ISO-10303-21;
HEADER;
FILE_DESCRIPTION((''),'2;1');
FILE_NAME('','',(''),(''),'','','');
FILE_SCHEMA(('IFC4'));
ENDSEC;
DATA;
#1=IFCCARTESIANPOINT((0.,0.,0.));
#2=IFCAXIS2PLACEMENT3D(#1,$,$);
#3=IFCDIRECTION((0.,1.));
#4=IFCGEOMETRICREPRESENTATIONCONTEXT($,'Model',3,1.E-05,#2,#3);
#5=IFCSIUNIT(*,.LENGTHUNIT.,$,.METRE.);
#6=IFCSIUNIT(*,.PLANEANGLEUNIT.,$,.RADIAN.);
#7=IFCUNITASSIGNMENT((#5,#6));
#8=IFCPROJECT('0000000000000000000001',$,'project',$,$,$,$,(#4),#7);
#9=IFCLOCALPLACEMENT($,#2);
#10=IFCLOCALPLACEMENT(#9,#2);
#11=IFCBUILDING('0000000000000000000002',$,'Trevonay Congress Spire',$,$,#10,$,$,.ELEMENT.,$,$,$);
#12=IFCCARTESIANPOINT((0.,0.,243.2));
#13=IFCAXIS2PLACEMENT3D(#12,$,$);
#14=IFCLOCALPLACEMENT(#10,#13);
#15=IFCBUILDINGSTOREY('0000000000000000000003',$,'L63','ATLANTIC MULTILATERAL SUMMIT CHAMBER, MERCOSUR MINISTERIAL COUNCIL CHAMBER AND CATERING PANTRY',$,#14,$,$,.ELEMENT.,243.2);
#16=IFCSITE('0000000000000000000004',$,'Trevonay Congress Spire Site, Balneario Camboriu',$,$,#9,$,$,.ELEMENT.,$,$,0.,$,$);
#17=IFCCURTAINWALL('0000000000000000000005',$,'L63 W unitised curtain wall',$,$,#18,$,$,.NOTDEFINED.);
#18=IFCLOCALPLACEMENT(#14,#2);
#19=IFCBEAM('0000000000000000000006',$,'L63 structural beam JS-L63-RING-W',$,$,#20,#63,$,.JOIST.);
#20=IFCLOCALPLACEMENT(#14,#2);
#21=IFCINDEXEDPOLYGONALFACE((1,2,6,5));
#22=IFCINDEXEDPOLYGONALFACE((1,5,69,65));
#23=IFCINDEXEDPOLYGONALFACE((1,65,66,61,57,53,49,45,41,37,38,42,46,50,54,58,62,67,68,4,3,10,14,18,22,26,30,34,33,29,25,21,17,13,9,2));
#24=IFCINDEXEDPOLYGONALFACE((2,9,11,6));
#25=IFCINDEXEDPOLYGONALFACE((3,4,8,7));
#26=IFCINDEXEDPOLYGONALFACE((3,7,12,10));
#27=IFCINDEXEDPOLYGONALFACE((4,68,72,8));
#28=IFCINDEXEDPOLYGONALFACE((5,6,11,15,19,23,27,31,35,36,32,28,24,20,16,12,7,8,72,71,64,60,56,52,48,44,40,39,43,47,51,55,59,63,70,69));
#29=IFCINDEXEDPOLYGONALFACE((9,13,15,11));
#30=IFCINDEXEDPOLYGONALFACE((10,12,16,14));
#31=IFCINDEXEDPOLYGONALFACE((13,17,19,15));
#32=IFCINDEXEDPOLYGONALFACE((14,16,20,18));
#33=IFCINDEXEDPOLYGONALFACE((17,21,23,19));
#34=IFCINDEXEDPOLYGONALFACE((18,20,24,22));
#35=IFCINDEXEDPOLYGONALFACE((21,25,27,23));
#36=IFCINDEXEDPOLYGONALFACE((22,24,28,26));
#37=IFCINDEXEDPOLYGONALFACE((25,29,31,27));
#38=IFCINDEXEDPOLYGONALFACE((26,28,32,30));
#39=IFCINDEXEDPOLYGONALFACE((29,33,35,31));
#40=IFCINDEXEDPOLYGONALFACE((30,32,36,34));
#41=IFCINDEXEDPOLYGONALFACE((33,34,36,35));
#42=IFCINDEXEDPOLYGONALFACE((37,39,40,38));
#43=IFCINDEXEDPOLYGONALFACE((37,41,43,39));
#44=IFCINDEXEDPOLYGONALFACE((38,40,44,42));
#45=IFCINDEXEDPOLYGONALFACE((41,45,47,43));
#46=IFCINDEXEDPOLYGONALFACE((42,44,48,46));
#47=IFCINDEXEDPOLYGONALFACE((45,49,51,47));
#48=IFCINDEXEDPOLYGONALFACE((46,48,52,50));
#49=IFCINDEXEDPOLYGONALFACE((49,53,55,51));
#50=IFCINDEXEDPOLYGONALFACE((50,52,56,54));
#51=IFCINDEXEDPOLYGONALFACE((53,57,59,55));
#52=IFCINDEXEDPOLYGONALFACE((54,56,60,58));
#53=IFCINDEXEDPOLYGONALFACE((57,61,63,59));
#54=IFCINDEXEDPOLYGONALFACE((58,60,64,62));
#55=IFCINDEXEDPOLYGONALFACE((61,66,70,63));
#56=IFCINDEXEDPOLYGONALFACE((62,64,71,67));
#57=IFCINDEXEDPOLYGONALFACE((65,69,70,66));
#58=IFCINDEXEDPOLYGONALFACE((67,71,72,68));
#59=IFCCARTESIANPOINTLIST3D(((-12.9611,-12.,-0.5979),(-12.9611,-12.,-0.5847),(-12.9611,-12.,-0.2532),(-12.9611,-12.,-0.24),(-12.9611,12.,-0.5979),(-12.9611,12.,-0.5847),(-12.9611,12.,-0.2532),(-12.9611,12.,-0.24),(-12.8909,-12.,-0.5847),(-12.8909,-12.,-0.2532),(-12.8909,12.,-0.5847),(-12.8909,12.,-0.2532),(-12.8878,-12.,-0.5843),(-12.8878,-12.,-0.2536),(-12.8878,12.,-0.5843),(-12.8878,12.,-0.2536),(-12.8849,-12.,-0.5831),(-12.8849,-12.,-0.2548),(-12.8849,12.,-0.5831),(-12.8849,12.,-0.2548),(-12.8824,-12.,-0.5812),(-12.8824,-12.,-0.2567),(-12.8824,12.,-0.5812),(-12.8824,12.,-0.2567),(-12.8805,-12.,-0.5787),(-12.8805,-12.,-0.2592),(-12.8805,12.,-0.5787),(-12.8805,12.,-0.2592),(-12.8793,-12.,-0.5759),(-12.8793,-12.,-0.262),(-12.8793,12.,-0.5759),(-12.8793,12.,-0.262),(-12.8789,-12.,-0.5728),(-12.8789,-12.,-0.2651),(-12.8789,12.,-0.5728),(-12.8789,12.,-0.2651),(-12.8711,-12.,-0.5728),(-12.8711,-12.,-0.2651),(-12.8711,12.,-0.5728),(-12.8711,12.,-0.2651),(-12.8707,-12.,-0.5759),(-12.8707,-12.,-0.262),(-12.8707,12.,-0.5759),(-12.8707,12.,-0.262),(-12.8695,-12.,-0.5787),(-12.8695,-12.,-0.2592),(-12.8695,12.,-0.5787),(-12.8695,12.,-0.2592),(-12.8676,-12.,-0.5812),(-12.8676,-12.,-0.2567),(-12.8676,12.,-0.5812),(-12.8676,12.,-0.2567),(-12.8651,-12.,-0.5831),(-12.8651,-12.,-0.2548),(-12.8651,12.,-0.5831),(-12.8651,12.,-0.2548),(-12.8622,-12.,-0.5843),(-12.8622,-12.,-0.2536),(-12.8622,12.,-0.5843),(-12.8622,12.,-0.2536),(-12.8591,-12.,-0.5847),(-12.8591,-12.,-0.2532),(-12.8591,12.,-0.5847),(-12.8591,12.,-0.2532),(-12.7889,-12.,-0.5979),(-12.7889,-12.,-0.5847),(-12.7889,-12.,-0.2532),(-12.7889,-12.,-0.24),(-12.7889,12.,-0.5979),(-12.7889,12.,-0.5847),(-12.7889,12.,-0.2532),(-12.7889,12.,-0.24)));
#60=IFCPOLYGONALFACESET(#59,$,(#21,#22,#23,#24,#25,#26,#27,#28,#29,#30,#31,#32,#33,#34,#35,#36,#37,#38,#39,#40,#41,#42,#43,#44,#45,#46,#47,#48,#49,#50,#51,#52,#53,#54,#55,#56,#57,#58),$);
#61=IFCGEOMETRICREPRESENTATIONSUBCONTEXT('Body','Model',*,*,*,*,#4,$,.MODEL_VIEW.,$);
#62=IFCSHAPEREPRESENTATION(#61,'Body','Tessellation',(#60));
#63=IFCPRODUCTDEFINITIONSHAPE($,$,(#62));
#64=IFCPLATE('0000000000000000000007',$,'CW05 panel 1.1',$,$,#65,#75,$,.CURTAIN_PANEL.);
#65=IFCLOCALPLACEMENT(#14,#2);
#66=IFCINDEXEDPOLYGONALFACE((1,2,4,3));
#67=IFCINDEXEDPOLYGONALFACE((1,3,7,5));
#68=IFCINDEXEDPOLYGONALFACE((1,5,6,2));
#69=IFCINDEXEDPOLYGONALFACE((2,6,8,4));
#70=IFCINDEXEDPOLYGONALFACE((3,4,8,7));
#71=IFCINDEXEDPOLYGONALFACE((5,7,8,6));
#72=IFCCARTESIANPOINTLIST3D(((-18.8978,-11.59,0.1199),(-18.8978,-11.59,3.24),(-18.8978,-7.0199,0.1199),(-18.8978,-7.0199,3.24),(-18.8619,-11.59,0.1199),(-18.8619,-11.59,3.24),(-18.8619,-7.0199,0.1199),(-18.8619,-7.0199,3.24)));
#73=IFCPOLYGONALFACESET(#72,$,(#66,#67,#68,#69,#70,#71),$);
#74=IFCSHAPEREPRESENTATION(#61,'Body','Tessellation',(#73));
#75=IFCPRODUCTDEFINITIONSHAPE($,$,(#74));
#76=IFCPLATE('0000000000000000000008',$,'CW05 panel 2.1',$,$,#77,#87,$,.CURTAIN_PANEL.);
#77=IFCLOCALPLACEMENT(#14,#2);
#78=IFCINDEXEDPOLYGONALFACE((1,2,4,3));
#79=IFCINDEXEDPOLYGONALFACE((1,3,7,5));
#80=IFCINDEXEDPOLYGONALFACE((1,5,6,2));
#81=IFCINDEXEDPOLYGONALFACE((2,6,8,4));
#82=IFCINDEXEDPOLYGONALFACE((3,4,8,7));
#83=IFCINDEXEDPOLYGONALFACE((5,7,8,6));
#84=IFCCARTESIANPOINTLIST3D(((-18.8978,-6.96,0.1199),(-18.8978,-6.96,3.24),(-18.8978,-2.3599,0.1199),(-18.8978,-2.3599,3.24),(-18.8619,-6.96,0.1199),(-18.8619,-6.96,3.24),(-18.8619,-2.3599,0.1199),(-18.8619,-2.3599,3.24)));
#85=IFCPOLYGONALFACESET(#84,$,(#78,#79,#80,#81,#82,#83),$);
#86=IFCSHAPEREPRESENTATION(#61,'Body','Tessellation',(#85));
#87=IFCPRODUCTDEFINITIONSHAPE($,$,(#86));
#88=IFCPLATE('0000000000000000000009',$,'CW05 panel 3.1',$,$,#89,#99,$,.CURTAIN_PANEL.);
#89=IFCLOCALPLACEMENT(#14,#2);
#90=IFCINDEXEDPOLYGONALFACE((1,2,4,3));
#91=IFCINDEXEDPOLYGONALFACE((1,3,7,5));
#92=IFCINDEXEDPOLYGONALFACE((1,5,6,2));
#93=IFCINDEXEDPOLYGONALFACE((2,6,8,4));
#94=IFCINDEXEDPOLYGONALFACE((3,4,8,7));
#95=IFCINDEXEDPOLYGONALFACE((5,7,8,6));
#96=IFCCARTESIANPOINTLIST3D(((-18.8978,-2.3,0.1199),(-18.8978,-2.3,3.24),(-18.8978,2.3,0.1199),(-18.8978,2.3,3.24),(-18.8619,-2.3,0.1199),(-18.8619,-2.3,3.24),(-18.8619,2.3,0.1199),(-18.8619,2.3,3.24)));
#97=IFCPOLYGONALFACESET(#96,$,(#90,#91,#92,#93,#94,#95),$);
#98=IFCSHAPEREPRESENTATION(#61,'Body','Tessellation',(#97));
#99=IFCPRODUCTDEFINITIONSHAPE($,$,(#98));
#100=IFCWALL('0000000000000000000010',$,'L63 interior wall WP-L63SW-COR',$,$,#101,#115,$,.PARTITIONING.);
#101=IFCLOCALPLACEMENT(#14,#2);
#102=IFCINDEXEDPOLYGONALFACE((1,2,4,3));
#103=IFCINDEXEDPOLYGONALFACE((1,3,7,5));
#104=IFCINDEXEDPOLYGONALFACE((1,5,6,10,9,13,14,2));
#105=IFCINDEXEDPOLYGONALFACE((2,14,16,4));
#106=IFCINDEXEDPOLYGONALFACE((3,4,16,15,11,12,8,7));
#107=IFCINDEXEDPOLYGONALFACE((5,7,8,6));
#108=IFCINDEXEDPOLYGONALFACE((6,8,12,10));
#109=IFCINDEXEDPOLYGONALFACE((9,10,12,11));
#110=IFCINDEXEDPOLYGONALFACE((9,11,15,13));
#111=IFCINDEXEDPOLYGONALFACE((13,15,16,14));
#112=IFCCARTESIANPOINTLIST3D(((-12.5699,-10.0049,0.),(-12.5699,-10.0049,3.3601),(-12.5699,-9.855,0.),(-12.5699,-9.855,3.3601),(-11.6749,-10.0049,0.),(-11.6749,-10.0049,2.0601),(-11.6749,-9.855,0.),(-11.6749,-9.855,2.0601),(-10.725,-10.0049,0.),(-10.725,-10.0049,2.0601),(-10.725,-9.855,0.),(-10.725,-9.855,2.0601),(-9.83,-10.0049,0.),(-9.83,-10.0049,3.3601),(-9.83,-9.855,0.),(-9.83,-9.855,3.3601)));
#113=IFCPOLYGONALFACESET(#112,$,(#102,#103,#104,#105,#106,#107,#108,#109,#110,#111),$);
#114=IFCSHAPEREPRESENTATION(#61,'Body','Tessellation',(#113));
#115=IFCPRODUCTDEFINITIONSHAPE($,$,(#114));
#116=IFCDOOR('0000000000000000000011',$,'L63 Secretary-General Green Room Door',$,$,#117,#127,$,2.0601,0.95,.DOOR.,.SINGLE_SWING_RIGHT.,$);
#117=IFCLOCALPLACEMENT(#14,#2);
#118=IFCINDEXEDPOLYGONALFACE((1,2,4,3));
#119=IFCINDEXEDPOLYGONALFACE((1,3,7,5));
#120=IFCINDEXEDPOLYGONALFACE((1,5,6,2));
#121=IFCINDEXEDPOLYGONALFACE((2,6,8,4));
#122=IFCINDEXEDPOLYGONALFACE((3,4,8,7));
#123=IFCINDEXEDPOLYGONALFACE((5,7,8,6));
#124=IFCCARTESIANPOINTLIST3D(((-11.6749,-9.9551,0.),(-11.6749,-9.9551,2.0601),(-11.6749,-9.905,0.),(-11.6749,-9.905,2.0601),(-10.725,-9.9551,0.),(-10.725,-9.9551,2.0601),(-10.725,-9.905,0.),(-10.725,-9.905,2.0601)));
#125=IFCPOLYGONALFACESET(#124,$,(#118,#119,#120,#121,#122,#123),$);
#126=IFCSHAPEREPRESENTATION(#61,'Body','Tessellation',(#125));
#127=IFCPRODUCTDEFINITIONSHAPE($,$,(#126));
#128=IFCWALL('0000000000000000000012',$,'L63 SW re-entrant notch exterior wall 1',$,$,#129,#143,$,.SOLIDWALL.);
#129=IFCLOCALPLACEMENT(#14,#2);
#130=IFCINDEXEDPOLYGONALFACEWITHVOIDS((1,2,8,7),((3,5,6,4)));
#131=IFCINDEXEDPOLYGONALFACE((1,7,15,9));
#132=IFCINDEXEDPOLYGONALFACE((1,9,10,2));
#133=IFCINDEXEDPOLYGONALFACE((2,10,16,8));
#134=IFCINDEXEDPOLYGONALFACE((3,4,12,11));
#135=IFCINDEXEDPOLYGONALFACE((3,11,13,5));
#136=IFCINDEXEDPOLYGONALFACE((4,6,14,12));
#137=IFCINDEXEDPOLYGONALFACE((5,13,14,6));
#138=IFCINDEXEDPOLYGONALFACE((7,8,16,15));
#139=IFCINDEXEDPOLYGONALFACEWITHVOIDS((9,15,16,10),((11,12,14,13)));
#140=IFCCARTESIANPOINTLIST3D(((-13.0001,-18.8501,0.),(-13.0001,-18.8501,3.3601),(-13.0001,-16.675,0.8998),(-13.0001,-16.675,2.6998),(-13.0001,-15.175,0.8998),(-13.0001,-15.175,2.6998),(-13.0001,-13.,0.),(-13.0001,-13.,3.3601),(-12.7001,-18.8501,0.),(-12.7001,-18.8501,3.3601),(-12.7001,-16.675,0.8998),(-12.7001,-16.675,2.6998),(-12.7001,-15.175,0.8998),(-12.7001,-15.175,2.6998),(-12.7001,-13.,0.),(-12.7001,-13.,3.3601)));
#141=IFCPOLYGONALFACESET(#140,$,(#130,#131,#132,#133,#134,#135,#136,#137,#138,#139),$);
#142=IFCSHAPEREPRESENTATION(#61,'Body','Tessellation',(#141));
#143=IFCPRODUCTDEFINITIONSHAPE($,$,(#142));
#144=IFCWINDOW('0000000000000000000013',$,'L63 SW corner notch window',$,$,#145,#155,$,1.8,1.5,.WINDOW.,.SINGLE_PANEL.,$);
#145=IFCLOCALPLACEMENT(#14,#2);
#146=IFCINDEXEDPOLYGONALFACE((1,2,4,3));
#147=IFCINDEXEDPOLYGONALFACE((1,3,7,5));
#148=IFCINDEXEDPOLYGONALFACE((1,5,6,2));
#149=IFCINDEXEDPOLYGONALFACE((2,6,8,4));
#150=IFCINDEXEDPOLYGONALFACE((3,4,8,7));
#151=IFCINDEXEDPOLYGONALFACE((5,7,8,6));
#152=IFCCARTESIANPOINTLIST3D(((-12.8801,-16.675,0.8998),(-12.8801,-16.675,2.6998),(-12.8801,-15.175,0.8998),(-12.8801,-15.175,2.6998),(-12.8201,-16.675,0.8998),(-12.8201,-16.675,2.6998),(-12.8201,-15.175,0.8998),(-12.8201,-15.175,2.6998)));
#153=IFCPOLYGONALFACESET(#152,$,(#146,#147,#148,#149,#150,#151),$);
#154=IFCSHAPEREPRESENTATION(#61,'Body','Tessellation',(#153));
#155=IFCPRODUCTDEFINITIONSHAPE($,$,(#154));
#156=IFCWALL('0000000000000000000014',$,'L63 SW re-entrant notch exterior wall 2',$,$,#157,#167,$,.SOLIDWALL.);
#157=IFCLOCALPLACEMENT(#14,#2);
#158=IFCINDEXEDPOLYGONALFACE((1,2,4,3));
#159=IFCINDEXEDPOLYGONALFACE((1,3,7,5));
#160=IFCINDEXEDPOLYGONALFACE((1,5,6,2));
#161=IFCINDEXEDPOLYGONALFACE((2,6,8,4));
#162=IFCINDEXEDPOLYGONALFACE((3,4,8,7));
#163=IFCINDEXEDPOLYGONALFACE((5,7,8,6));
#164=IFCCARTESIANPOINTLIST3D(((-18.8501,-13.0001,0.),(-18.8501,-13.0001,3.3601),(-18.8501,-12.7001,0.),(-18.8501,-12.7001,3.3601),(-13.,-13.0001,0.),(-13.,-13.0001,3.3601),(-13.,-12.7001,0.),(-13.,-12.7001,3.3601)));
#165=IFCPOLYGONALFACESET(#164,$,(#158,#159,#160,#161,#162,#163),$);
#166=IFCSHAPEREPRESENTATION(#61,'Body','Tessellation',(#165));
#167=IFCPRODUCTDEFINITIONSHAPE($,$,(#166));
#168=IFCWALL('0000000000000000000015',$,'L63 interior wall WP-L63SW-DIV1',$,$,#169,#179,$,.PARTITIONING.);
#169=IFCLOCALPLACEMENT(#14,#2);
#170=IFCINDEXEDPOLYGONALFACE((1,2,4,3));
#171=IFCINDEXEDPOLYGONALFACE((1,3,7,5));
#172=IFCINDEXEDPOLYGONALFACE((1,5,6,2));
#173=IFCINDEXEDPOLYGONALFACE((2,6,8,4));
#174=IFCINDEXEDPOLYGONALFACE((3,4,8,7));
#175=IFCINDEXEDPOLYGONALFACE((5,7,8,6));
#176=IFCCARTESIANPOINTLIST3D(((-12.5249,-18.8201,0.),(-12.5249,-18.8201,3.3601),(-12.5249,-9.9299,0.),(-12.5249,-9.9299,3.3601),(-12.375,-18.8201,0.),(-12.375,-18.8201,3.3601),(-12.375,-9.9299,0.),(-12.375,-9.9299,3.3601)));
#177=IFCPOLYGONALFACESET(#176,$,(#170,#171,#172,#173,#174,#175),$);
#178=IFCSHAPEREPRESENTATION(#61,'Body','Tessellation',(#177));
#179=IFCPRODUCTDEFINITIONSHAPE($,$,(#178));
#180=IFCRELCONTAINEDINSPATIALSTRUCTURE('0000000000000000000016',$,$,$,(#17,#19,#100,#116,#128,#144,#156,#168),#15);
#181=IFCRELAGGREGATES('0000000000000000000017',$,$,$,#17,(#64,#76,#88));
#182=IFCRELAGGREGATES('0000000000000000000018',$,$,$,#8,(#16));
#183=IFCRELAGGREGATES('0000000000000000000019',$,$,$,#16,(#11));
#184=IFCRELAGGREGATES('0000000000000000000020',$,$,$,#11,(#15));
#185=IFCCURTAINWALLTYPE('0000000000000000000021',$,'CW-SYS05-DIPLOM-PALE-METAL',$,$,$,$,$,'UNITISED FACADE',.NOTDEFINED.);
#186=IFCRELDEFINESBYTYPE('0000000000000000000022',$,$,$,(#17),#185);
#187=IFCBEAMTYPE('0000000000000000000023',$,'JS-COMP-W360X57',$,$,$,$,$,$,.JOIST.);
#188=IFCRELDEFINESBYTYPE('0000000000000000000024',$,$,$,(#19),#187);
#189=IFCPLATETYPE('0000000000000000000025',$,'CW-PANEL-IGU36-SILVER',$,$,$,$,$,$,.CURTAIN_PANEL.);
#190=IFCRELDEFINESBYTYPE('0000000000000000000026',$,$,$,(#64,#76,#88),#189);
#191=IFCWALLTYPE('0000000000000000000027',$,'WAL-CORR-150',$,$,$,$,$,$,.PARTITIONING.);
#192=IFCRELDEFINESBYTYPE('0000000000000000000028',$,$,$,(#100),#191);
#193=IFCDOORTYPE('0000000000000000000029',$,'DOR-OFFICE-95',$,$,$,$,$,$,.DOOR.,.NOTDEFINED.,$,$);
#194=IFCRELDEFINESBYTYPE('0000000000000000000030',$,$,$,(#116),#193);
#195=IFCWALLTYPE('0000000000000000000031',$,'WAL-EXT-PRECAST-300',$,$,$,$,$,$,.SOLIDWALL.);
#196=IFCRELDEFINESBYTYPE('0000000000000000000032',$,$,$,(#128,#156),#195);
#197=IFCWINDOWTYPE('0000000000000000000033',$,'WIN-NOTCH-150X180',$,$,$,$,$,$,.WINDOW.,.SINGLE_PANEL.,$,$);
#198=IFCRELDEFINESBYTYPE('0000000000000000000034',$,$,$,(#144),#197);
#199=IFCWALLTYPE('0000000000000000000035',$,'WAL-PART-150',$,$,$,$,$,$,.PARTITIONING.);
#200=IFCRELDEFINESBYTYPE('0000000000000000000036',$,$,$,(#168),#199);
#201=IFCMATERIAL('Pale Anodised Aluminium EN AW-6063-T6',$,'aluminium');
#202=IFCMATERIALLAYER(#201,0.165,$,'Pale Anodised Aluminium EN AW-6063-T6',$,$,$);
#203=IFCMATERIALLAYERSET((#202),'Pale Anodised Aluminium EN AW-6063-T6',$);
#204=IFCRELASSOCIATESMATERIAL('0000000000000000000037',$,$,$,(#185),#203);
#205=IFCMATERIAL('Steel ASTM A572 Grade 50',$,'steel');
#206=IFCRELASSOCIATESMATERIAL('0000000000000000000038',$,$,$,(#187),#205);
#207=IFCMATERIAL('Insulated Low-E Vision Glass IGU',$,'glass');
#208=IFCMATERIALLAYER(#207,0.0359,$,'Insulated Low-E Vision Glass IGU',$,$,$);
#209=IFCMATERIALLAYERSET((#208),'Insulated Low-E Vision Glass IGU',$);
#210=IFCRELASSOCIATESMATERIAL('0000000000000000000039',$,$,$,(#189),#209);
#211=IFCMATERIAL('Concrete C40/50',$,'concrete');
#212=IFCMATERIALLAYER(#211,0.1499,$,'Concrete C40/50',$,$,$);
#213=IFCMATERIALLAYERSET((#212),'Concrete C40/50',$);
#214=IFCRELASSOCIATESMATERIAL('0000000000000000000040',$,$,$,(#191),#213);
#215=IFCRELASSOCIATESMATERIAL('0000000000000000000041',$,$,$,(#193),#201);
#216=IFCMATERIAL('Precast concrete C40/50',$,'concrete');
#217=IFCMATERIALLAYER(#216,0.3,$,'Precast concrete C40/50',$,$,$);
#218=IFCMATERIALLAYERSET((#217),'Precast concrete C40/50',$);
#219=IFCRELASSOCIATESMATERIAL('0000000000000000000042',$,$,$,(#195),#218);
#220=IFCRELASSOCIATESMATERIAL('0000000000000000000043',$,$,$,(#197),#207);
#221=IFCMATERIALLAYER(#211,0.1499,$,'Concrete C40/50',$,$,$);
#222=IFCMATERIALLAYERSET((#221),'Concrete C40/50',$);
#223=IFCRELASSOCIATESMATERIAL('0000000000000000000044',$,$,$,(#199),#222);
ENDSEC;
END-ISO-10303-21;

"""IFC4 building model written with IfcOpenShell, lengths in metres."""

from ifc_helpers import new_model, si_unit, direction, frame, frame_2d, origin, origin_2d, place, context, subcontext, project, spatial, rectangle, i_section, extrude, material, layer, layer_set, material_profile, profile_set, type_object, element, fill, aggregate, save


model = new_model("IFC4")

# Units and contexts
model_context = context("Model", 3, precision=1e-05, world=origin(), true_north=direction((0.0, 1.0)))
body_context = subcontext(model_context, "Body", "Model", "MODEL_VIEW")
ifc_project = project(units=[si_unit("LENGTHUNIT", "METRE"), si_unit("PLANEANGLEUNIT", "RADIAN")], contexts=[model_context])

# Site, building, storey
site_placement = place(None, origin())
site = spatial("IfcSite", under=ifc_project, at=site_placement, Name="Trevonay Congress Spire Site, Balneario Camboriu", CompositionType="ELEMENT", RefElevation=0.0)
building_placement = place(site_placement, origin())
building = spatial("IfcBuilding", under=site, at=building_placement, Name="Trevonay Congress Spire", CompositionType="ELEMENT")
storey_placement = place(building_placement, frame((0.0, 0.0, 243.2)))
storey = spatial("IfcBuildingStorey", under=building, at=storey_placement, Name="L63", Description="ATLANTIC MULTILATERAL SUMMIT CHAMBER, MERCOSUR MINISTERIAL COUNCIL CHAMBER AND CATERING PANTRY", CompositionType="ELEMENT", Elevation=243.2)

# Shared definitions
ifc_material_1 = material(Name="Steel ASTM A572 Grade 50", Category="steel")

# Shared definitions
ifc_material_2 = material(Name="Pale Anodised Aluminium EN AW-6063-T6", Category="aluminium")
ifc_layer_1 = layer(ifc_material_2, 0.165, Name="Pale Anodised Aluminium EN AW-6063-T6")
ifc_layer_set_1 = layer_set([ifc_layer_1], Name="Pale Anodised Aluminium EN AW-6063-T6")
curtain_wall_type = type_object("IfcCurtainWallType", Name="CW-SYS05-DIPLOM-PALE-METAL", ElementType="UNITISED FACADE", PredefinedType="NOTDEFINED", material=ifc_layer_set_1)

# Curtain wall
curtain_wall_1_placement = place(storey_placement, origin())
curtain_wall_1 = element("IfcCurtainWall", 1, at=curtain_wall_1_placement, inside=storey, type_object=curtain_wall_type, Name="L63 W unitised curtain wall", PredefinedType="NOTDEFINED")

# Beam
ifc_material_profile_1 = material_profile(ifc_material_1, i_section(OverallWidth=0.1721, OverallDepth=0.3579, WebThickness=0.0078, FlangeThickness=0.0132, FilletRadius=0.012, at=origin_2d()), Name="W360x57.8")
ifc_profile_set_1 = profile_set([ifc_material_profile_1], Name="Steel ASTM A572 Grade 50")
beam_type_1 = type_object("IfcBeamType", Name="JS-COMP-W360X57", PredefinedType="JOIST", material=ifc_profile_set_1)
for number, where, z_axis, x_axis, name in (
    (2, (-12.875, -12.0, -0.4189), (0.0, 1.0, 0.0), (-1.0, 0.0, 0.0), "L63 structural beam JS-L63-RING-W"),
):
    element("IfcBeam", number, at=place(storey_placement, frame(where, z_axis=z_axis, x_axis=x_axis)), inside=storey, type_object=beam_type_1, Name=name, PredefinedType="JOIST", context=body_context, shape_type="SweptSolid", body=[
        extrude(i_section(OverallWidth=0.1721, OverallDepth=0.3579, WebThickness=0.0078, FlangeThickness=0.0132, FilletRadius=0.012, at=origin_2d()), origin(), (0.0, 0.0, 1.0), 24.0),
    ])

# Plates
ifc_material_3 = material(Name="Insulated Low-E Vision Glass IGU", Category="glass")
ifc_layer_2 = layer(ifc_material_3, 0.0359, Name="Insulated Low-E Vision Glass IGU")
ifc_layer_set_2 = layer_set([ifc_layer_2], Name="Insulated Low-E Vision Glass IGU")
plate_type = type_object("IfcPlateType", Name="CW-PANEL-IGU36-SILVER", PredefinedType="CURTAIN_PANEL", material=ifc_layer_set_2)
plate_1_placement = place(storey_placement, frame((-18.8799, -9.3049, 0.1199), z_axis=(0.0, 0.0, 1.0), x_axis=(0.0, 1.0, 0.0)))
plate_1 = element("IfcPlate", 3, at=plate_1_placement, type_object=plate_type, Name="CW05 panel 1.1", PredefinedType="CURTAIN_PANEL", context=body_context, shape_type="SweptSolid", body=[
    extrude(rectangle(XDim=4.5701, YDim=0.0359, at=origin_2d()), origin(), (0.0, 0.0, 1.0), 3.1201),
])
plate_2_placement = place(storey_placement, frame((-18.8799, -4.6599, 0.1199), z_axis=(0.0, 0.0, 1.0), x_axis=(0.0, 1.0, 0.0)))
plate_2 = element("IfcPlate", 4, at=plate_2_placement, type_object=plate_type, Name="CW05 panel 2.1", PredefinedType="CURTAIN_PANEL", context=body_context, shape_type="SweptSolid", body=[
    extrude(rectangle(XDim=4.6001, YDim=0.0359, at=origin_2d()), origin(), (0.0, 0.0, 1.0), 3.1201),
])
plate_3_placement = place(storey_placement, frame((-18.8799, 0.0, 0.1199), z_axis=(0.0, 0.0, 1.0), x_axis=(0.0, 1.0, 0.0)))
plate_3 = element("IfcPlate", 5, at=plate_3_placement, type_object=plate_type, Name="CW05 panel 3.1", PredefinedType="CURTAIN_PANEL", context=body_context, shape_type="SweptSolid", body=[
    extrude(rectangle(XDim=4.6001, YDim=0.0359, at=origin_2d()), origin(), (0.0, 0.0, 1.0), 3.1201),
])
aggregate(curtain_wall_1, [plate_1, plate_2, plate_3])

# Wall, opening, door
ifc_material_4 = material(Name="Concrete C40/50", Category="concrete")
ifc_layer_3 = layer(ifc_material_4, 0.1499, Name="Concrete C40/50")
ifc_layer_set_3 = layer_set([ifc_layer_3], Name="Concrete C40/50")
wall_type_1 = type_object("IfcWallType", Name="WAL-CORR-150", PredefinedType="PARTITIONING", material=ifc_layer_set_3)
wall_1_placement = place(storey_placement, frame((-12.5701, -9.9299, 0.0), z_axis=(0.0, 0.0, 1.0), x_axis=(1.0, 0.0, 0.0)))
wall_1 = element("IfcWall", 6, at=wall_1_placement, inside=storey, type_object=wall_type_1, Name="L63 interior wall WP-L63SW-COR", PredefinedType="PARTITIONING", context=body_context, shape_type="SweptSolid", body=[
    extrude(rectangle(XDim=2.74, YDim=0.1499, at=frame_2d((1.3701, 0.0))), origin(), (0.0, 0.0, 1.0), 3.3601),
])
opening_1_placement = place(wall_1_placement, frame((0.895, 0.0, 0.0)))
opening_1 = element("IfcOpeningElement", 7, at=opening_1_placement, cuts=wall_1, PredefinedType="OPENING", context=body_context, shape_type="SweptSolid", body=[
    extrude(rectangle(XDim=0.95, YDim=2.0601, at=frame_2d((0.4751, 1.03))), frame((0.0, 0.085, 0.0), z_axis=(0.0, -1.0, 0.0), x_axis=(1.0, 0.0, 0.0)), (0.0, 0.0, 1.0), 0.1699),
])
door_type = type_object("IfcDoorType", Name="DOR-OFFICE-95", OperationType="NOTDEFINED", PredefinedType="DOOR", material=ifc_material_2)
door_placement = place(opening_1_placement, origin())
door = element("IfcDoor", 8, at=door_placement, inside=storey, type_object=door_type, Name="L63 Secretary-General Green Room Door", OperationType="SINGLE_SWING_RIGHT", OverallHeight=2.0601, OverallWidth=0.95, PredefinedType="DOOR", context=body_context, shape_type="SweptSolid", body=[
    extrude(rectangle(XDim=0.95, YDim=2.0601, at=frame_2d((0.4751, 1.03))), frame((0.0, 0.0249, 0.0), z_axis=(0.0, -1.0, 0.0), x_axis=(1.0, 0.0, 0.0)), (0.0, 0.0, 1.0), 0.05),
])
fill(opening_1, door)

# Wall, opening, window
ifc_material_5 = material(Name="Precast concrete C40/50", Category="concrete")
ifc_layer_4 = layer(ifc_material_5, 0.3, Name="Precast concrete C40/50")
ifc_layer_set_4 = layer_set([ifc_layer_4], Name="Precast concrete C40/50")
wall_type_2 = type_object("IfcWallType", Name="WAL-EXT-PRECAST-300", PredefinedType="SOLIDWALL", material=ifc_layer_set_4)
wall_2_placement = place(storey_placement, frame((-12.8501, -18.8501, 0.0), z_axis=(0.0, 0.0, 1.0), x_axis=(0.0, 1.0, 0.0)))
wall_2 = element("IfcWall", 9, at=wall_2_placement, inside=storey, type_object=wall_type_2, Name="L63 SW re-entrant notch exterior wall 1", PredefinedType="SOLIDWALL", context=body_context, shape_type="SweptSolid", body=[
    extrude(rectangle(XDim=5.8501, YDim=0.3, at=frame_2d((2.925, 0.0))), origin(), (0.0, 0.0, 1.0), 3.3601),
])
opening_2_placement = place(wall_2_placement, frame((2.175, 0.0, 0.8999)))
opening_2 = element("IfcOpeningElement", 10, at=opening_2_placement, cuts=wall_2, PredefinedType="OPENING", context=body_context, shape_type="SweptSolid", body=[
    extrude(rectangle(XDim=1.5, YDim=1.8, at=frame_2d((0.75, 0.8999))), frame((0.0, 0.1602, 0.0), z_axis=(0.0, -1.0, 0.0), x_axis=(1.0, 0.0, 0.0)), (0.0, 0.0, 1.0), 0.3201),
])
window_type = type_object("IfcWindowType", Name="WIN-NOTCH-150X180", PartitioningType="SINGLE_PANEL", PredefinedType="WINDOW", material=ifc_material_3)
window_placement = place(opening_2_placement, origin())
window = element("IfcWindow", 11, at=window_placement, inside=storey, type_object=window_type, Name="L63 SW corner notch window", OverallHeight=1.8, OverallWidth=1.5, PartitioningType="SINGLE_PANEL", PredefinedType="WINDOW", context=body_context, shape_type="SweptSolid", body=[
    extrude(rectangle(XDim=1.5, YDim=1.8, at=frame_2d((0.75, 0.8999))), frame((0.0, 0.03, 0.0), z_axis=(0.0, -1.0, 0.0), x_axis=(1.0, 0.0, 0.0)), (0.0, 0.0, 1.0), 0.0601),
])
fill(opening_2, window)

# Walls
wall_3_placement = place(storey_placement, frame((-18.8501, -12.8501, 0.0), z_axis=(0.0, 0.0, 1.0), x_axis=(1.0, 0.0, 0.0)))
element("IfcWall", 12, at=wall_3_placement, inside=storey, type_object=wall_type_2, Name="L63 SW re-entrant notch exterior wall 2", PredefinedType="SOLIDWALL", context=body_context, shape_type="SweptSolid", body=[
    extrude(rectangle(XDim=5.8501, YDim=0.3, at=frame_2d((2.925, 0.0))), origin(), (0.0, 0.0, 1.0), 3.3601),
])
ifc_layer_5 = layer(ifc_material_4, 0.1499, Name="Concrete C40/50")
ifc_layer_set_5 = layer_set([ifc_layer_5], Name="Concrete C40/50")
wall_type_3 = type_object("IfcWallType", Name="WAL-PART-150", PredefinedType="PARTITIONING", material=ifc_layer_set_5)
for number, where, z_axis, x_axis, name in (
    (13, (-12.45, -18.8201, 0.0), (0.0, 0.0, 1.0), (0.0, 1.0, 0.0), "L63 interior wall WP-L63SW-DIV1"),
):
    element("IfcWall", number, at=place(storey_placement, frame(where, z_axis=z_axis, x_axis=x_axis)), inside=storey, type_object=wall_type_3, Name=name, PredefinedType="PARTITIONING", context=body_context, shape_type="SweptSolid", body=[
        extrude(rectangle(XDim=8.8901, YDim=0.1499, at=frame_2d((4.4451, 0.0))), origin(), (0.0, 0.0, 1.0), 3.3601),
    ])

save(model, "model.ifc")
